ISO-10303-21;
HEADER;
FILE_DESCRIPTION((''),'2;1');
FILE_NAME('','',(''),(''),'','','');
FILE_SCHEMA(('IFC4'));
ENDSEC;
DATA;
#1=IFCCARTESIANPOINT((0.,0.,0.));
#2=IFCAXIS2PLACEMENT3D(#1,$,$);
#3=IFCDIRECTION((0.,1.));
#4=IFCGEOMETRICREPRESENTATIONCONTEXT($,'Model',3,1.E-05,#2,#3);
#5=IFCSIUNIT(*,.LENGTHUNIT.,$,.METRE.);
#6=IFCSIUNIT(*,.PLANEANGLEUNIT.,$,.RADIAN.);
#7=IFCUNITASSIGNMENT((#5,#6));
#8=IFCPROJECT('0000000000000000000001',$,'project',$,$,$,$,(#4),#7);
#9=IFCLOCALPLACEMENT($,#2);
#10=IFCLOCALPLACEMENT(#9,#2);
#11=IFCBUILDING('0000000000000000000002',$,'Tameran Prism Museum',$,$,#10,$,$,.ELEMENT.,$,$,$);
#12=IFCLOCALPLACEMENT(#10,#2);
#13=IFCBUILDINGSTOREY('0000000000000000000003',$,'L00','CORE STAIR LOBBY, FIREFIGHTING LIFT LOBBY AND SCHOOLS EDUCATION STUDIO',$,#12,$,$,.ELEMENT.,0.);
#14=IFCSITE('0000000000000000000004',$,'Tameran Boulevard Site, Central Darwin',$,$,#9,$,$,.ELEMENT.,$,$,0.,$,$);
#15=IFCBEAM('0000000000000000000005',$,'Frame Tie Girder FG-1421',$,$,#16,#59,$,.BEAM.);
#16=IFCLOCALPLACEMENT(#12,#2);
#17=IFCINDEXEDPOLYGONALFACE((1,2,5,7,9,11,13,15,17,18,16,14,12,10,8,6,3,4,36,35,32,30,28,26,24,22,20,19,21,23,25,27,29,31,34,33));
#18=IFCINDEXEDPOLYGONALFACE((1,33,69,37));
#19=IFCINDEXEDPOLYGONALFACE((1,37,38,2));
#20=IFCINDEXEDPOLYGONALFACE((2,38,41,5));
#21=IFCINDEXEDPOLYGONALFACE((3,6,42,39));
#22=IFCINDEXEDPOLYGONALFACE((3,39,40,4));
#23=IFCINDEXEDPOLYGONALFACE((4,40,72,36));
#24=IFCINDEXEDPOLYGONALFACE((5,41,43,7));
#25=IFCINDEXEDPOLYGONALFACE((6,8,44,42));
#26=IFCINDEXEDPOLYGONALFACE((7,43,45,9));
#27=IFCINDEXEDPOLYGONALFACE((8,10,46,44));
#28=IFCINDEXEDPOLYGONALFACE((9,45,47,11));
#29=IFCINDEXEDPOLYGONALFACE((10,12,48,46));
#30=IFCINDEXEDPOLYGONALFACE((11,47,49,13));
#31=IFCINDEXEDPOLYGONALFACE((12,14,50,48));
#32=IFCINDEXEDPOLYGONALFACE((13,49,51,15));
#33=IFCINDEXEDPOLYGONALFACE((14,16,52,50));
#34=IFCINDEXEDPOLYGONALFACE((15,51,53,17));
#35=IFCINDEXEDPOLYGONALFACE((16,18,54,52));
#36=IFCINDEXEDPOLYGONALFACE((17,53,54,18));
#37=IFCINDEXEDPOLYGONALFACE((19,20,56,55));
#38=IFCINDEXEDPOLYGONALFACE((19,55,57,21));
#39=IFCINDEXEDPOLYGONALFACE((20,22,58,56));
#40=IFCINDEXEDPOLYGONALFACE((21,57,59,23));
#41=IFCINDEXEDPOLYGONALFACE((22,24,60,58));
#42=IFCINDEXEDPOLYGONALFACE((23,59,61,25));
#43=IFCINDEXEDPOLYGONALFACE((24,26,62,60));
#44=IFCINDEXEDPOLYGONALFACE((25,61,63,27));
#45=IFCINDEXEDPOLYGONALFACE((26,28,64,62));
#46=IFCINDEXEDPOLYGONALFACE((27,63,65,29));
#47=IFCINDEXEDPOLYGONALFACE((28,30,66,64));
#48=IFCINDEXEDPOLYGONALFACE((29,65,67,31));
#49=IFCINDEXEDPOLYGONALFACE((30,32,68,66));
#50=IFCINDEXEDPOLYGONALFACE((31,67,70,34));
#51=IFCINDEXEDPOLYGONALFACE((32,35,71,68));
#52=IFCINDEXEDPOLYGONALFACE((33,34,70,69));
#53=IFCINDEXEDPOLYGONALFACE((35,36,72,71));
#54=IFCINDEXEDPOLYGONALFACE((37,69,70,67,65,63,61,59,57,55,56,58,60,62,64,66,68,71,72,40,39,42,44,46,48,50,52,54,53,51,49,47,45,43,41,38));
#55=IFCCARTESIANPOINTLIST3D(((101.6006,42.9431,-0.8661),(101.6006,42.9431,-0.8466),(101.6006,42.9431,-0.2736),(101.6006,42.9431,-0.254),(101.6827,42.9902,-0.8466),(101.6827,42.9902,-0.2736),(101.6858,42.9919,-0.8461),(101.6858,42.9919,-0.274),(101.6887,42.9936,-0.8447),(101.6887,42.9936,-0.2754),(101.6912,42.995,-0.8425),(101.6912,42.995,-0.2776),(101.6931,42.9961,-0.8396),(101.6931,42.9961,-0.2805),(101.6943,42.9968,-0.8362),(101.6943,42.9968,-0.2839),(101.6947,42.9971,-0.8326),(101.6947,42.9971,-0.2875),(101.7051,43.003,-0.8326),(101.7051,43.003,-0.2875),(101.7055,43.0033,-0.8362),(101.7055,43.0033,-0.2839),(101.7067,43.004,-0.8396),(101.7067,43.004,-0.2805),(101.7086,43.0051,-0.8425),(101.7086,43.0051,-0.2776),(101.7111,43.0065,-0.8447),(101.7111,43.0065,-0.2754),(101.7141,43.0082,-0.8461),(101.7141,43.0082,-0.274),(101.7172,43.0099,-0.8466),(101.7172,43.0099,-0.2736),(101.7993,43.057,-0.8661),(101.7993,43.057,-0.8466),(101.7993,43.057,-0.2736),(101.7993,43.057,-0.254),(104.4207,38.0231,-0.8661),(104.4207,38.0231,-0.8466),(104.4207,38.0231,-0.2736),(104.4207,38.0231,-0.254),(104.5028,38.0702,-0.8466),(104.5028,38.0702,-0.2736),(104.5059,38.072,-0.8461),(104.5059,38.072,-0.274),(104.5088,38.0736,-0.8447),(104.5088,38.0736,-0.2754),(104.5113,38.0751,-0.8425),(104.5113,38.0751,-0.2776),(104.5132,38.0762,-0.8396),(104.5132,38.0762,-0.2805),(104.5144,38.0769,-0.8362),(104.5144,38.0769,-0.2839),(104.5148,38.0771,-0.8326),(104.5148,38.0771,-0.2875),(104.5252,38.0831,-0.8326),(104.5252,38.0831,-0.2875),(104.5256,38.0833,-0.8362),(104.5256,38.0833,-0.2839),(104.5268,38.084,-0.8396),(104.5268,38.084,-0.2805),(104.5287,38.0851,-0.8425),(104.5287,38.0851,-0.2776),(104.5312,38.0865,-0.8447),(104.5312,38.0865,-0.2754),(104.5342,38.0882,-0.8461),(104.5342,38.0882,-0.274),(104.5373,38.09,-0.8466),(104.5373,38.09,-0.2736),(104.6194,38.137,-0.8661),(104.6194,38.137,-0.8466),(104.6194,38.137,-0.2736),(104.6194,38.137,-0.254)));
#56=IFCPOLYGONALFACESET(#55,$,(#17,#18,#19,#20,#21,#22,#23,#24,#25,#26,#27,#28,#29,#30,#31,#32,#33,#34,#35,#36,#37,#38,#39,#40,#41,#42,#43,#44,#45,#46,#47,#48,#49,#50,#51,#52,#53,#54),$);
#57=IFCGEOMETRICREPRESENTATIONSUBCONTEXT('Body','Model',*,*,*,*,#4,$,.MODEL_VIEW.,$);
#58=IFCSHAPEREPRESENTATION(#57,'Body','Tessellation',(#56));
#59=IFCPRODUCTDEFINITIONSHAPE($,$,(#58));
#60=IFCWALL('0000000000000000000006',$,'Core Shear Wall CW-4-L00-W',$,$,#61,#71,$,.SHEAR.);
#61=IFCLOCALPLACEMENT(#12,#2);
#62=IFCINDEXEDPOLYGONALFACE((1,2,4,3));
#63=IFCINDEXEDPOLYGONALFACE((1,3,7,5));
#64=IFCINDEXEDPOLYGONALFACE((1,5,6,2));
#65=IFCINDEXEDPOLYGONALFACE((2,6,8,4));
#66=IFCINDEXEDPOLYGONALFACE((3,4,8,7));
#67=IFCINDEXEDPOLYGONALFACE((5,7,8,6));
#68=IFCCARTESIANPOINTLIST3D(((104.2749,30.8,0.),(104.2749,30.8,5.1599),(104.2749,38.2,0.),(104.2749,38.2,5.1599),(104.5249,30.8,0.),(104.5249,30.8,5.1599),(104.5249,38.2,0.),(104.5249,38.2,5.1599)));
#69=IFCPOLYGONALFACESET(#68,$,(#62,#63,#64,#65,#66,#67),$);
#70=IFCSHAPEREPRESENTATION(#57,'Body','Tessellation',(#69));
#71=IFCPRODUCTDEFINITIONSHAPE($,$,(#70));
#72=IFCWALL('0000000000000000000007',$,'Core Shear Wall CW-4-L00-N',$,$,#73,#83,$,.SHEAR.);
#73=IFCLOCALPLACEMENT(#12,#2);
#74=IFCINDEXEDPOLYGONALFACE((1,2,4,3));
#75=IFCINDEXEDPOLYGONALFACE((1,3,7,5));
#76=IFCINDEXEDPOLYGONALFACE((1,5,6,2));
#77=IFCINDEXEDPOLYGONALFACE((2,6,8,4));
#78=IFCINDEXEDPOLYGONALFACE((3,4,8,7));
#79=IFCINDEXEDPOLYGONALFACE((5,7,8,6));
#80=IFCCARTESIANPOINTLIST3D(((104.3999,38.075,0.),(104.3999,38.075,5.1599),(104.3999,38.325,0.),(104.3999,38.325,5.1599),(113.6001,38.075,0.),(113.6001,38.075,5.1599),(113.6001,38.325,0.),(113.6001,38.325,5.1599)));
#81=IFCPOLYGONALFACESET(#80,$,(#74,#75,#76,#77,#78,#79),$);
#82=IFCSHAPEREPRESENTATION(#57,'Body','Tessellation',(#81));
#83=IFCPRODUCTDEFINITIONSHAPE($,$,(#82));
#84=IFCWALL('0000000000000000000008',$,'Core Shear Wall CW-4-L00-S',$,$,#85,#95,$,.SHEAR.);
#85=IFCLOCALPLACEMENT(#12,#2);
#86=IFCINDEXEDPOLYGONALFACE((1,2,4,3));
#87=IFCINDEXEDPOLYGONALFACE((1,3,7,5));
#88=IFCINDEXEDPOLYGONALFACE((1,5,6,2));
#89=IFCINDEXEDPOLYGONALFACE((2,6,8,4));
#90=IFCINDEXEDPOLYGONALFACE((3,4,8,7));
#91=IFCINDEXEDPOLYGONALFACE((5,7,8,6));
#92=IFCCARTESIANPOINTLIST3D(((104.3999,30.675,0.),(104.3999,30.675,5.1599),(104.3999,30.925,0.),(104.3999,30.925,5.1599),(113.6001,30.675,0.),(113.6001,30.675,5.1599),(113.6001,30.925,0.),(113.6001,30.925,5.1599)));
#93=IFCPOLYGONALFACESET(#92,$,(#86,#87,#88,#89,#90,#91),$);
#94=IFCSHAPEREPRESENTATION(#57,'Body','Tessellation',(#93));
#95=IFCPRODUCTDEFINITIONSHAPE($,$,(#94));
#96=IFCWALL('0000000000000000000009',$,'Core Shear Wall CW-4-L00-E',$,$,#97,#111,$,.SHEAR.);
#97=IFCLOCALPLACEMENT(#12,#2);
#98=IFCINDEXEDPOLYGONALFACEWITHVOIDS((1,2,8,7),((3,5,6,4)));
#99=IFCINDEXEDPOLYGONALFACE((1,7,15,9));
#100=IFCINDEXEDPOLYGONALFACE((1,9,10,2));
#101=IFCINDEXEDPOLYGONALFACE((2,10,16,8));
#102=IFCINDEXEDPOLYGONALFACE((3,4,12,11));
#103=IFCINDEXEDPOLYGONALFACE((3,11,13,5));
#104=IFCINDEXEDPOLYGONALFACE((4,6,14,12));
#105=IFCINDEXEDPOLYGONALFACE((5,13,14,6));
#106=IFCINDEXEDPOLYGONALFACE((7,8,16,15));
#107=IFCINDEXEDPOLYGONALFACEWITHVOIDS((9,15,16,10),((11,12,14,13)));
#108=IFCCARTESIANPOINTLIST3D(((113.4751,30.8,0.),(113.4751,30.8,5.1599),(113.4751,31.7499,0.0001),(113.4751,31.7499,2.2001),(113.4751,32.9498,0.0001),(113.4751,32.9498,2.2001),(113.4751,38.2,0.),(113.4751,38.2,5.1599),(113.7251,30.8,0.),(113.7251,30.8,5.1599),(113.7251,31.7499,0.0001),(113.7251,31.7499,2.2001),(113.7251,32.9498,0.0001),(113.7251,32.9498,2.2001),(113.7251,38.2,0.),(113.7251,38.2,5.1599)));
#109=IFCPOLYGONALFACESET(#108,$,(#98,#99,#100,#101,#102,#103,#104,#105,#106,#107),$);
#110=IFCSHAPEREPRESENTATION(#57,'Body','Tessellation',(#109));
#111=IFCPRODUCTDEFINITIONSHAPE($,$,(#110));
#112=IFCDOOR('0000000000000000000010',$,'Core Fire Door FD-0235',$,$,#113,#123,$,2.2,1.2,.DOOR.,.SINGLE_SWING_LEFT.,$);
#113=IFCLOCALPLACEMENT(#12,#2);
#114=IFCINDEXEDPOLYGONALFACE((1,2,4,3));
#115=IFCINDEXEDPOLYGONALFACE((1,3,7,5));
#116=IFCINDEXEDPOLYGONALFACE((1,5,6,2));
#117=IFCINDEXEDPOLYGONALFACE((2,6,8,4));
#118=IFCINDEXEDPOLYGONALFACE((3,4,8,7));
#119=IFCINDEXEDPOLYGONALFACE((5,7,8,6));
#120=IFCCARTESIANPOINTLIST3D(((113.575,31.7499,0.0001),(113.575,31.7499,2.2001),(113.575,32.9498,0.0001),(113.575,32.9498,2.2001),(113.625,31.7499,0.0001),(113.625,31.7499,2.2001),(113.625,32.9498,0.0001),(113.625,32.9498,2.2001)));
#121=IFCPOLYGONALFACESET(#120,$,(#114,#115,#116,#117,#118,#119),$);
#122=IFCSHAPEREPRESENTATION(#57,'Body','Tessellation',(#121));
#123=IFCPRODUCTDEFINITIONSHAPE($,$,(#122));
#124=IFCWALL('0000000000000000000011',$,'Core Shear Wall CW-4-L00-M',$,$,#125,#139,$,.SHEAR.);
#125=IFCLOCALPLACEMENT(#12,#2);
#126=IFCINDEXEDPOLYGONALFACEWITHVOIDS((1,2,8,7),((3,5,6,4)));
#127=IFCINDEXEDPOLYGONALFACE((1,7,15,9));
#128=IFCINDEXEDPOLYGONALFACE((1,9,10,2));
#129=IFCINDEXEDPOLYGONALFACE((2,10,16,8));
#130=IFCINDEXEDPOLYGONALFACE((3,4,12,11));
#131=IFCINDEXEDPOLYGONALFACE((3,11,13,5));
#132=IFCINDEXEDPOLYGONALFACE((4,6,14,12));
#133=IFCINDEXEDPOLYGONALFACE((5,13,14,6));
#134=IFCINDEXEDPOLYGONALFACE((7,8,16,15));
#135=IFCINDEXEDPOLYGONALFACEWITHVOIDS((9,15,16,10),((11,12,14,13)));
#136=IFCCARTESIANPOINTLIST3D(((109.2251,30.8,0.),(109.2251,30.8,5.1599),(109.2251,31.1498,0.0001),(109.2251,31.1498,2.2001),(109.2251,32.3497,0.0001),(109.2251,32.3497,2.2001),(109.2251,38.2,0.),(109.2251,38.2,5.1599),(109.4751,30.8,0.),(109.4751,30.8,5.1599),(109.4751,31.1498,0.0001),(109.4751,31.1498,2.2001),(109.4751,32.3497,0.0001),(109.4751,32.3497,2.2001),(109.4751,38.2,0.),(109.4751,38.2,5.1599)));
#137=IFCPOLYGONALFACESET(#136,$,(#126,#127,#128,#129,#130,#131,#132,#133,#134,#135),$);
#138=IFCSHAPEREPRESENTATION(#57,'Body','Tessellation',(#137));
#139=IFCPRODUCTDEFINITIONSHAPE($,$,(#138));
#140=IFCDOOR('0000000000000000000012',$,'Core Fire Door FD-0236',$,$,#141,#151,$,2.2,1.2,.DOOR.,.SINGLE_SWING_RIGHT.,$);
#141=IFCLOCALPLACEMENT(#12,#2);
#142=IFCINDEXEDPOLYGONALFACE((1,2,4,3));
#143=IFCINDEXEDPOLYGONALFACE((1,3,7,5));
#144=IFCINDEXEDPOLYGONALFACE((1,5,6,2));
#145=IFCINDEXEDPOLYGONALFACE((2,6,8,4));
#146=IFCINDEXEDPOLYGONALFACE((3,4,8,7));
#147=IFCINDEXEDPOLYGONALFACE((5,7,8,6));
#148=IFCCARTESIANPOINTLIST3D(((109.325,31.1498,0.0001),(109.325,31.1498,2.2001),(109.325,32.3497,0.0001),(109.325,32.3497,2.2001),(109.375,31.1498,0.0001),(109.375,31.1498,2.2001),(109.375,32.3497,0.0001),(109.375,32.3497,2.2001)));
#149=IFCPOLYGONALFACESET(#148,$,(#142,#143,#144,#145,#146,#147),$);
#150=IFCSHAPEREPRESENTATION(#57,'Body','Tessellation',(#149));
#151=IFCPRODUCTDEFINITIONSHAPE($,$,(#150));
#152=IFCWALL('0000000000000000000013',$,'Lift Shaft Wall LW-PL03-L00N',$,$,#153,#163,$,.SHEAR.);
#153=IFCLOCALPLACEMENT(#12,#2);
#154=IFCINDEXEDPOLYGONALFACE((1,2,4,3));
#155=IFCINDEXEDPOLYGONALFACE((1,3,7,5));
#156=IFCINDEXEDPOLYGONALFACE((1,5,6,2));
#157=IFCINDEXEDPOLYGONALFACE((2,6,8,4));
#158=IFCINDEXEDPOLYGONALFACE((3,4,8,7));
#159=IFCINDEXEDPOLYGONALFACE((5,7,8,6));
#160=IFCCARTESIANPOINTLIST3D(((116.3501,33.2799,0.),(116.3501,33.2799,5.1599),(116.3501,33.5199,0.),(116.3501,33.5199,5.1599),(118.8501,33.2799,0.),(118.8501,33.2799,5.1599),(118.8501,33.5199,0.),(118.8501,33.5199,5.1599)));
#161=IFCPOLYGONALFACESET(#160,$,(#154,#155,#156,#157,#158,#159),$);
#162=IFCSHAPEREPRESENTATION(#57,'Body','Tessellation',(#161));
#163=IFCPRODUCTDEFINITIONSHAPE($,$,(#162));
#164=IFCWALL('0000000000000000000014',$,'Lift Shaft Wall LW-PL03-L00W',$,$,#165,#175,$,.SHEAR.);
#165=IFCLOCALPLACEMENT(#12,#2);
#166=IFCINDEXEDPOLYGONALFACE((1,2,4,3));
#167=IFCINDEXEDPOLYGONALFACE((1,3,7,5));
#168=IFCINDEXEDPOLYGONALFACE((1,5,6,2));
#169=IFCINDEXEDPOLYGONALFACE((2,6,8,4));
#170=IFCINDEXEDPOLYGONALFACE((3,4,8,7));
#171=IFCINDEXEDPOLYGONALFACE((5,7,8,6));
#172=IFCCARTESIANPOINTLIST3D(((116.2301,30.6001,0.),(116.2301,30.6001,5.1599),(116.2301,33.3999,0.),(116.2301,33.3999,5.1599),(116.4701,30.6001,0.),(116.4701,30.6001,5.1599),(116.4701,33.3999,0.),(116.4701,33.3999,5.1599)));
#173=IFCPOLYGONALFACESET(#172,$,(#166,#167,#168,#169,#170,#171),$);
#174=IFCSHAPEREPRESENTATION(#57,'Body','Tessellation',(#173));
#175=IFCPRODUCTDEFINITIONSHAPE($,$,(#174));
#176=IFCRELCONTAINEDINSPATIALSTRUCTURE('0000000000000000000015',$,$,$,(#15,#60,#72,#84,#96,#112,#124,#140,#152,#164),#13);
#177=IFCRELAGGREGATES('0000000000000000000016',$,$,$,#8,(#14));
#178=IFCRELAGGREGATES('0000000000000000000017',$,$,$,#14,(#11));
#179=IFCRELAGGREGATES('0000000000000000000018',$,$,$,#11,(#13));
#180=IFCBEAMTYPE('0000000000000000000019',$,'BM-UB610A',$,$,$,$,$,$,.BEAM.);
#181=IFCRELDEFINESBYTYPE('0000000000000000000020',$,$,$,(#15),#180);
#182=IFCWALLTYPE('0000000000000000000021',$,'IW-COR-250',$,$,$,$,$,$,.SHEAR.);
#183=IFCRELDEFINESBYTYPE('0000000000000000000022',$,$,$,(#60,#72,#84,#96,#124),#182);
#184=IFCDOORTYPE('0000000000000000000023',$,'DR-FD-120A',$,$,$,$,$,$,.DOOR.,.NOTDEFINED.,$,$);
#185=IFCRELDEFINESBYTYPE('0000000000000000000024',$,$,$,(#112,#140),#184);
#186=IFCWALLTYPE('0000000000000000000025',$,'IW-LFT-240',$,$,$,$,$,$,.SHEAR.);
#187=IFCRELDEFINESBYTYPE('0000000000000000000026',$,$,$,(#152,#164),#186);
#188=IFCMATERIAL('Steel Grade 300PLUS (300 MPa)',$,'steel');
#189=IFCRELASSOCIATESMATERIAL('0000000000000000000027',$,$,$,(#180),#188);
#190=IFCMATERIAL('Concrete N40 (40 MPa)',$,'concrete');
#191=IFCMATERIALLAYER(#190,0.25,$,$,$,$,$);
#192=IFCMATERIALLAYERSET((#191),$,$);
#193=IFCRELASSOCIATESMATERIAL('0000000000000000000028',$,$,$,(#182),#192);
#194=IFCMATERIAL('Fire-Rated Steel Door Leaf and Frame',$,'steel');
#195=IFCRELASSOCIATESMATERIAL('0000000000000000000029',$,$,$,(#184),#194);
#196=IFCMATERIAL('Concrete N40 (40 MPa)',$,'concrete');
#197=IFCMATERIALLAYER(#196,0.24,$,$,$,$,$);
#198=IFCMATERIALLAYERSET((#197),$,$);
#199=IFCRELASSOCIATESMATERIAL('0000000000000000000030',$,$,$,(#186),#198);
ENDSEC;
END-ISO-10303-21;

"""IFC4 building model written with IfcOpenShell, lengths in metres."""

from ifc_helpers import new_model, si_unit, direction, frame, frame_2d, origin, origin_2d, place, context, subcontext, project, spatial, rectangle, i_section, extrude, material, layer, layer_set, material_profile, profile_set, type_object, element, fill, save


model = new_model("IFC4")

# Units and contexts
model_context = context("Model", 3, precision=1e-05, world=origin(), true_north=direction((0.0, 1.0)))
body_context = subcontext(model_context, "Body", "Model", "MODEL_VIEW")
ifc_project = project(units=[si_unit("LENGTHUNIT", "METRE"), si_unit("PLANEANGLEUNIT", "RADIAN")], contexts=[model_context])

# Site, building, storey
site_placement = place(None, origin())
site = spatial("IfcSite", under=ifc_project, at=site_placement, Name="Tameran Boulevard Site, Central Darwin", CompositionType="ELEMENT", RefElevation=0.0)
building_placement = place(site_placement, origin())
building = spatial("IfcBuilding", under=site, at=building_placement, Name="Tameran Prism Museum", CompositionType="ELEMENT")
storey_placement = place(building_placement, origin())
storey = spatial("IfcBuildingStorey", under=building, at=storey_placement, Name="L00", Description="CORE STAIR LOBBY, FIREFIGHTING LIFT LOBBY AND SCHOOLS EDUCATION STUDIO", CompositionType="ELEMENT", Elevation=0.0)

# Beam
ifc_material_1 = material(Name="Steel Grade 300PLUS (300 MPa)", Category="steel")
ifc_material_profile_1 = material_profile(ifc_material_1, i_section(OverallWidth=0.229, OverallDepth=0.6121, WebThickness=0.012, FlangeThickness=0.0195, FilletRadius=0.0139, at=origin_2d()))
ifc_profile_set_1 = profile_set([ifc_material_profile_1])
beam_type_1 = type_object("IfcBeamType", Name="BM-UB610A", PredefinedType="BEAM", material=ifc_profile_set_1)
beam_1_placement = place(storey_placement, frame((104.52, 38.0801, -0.5601), z_axis=(-0.497293, 0.867583, 0.0), x_axis=(-0.867583, -0.497293, 0.0)))
element("IfcBeam", 1, at=beam_1_placement, inside=storey, type_object=beam_type_1, Name="Frame Tie Girder FG-1421", PredefinedType="BEAM", context=body_context, shape_type="SweptSolid", body=[
    extrude(i_section(OverallWidth=0.229, OverallDepth=0.6121, WebThickness=0.012, FlangeThickness=0.0195, FilletRadius=0.0139, at=origin_2d()), origin(), (0.0, 0.0, 1.0), 5.6709),
])

# Walls
ifc_material_2 = material(Name="Concrete N40 (40 MPa)", Category="concrete")
ifc_layer_1 = layer(ifc_material_2, 0.25)
ifc_layer_set_1 = layer_set([ifc_layer_1])
wall_type_1 = type_object("IfcWallType", Name="IW-COR-250", PredefinedType="SHEAR", material=ifc_layer_set_1)
wall_1_placement = place(storey_placement, frame((104.3999, 30.8, 0.0), z_axis=(0.0, 0.0, 1.0), x_axis=(0.0, 1.0, 0.0)))
element("IfcWall", 2, at=wall_1_placement, inside=storey, type_object=wall_type_1, Name="Core Shear Wall CW-4-L00-W", PredefinedType="SHEAR", context=body_context, shape_type="SweptSolid", body=[
    extrude(rectangle(XDim=7.3999, YDim=0.25, at=frame_2d((3.7, 0.0))), origin(), (0.0, 0.0, 1.0), 5.1599),
])
for number, where, z_axis, x_axis, name in (
    (3, (104.3999, 38.2, 0.0), (0.0, 0.0, 1.0), (1.0, 0.0, 0.0), "Core Shear Wall CW-4-L00-N"),
    (4, (113.6001, 30.8, 0.0), (0.0, 0.0, 1.0), (-1.0, 0.0, 0.0), "Core Shear Wall CW-4-L00-S"),
):
    element("IfcWall", number, at=place(storey_placement, frame(where, z_axis=z_axis, x_axis=x_axis)), inside=storey, type_object=wall_type_1, Name=name, PredefinedType="SHEAR", context=body_context, shape_type="SweptSolid", body=[
        extrude(rectangle(XDim=9.2002, YDim=0.25, at=frame_2d((4.6001, 0.0))), origin(), (0.0, 0.0, 1.0), 5.1599),
    ])

# Walls, openings, doors
wall_2_placement = place(storey_placement, frame((113.6001, 38.2, 0.0), z_axis=(0.0, 0.0, 1.0), x_axis=(0.0, -1.0, 0.0)))
wall_2 = element("IfcWall", 5, at=wall_2_placement, inside=storey, type_object=wall_type_1, Name="Core Shear Wall CW-4-L00-E", PredefinedType="SHEAR", context=body_context, shape_type="SweptSolid", body=[
    extrude(rectangle(XDim=7.3999, YDim=0.25, at=frame_2d((3.7, 0.0))), origin(), (0.0, 0.0, 1.0), 5.1599),
])
opening_1_placement = place(wall_2_placement, frame((5.25, 0.0, 0.0)))
opening_1 = element("IfcOpeningElement", 6, at=opening_1_placement, cuts=wall_2, PredefinedType="OPENING", context=body_context, shape_type="SweptSolid", body=[
    extrude(rectangle(XDim=1.2, YDim=2.2, at=frame_2d((0.6001, 1.1001))), frame((0.0, 0.135, 0.0), z_axis=(0.0, -1.0, 0.0), x_axis=(1.0, 0.0, 0.0)), (0.0, 0.0, 1.0), 0.27),
])
ifc_material_3 = material(Name="Fire-Rated Steel Door Leaf and Frame", Category="steel")
door_type_1 = type_object("IfcDoorType", Name="DR-FD-120A", OperationType="NOTDEFINED", PredefinedType="DOOR", material=ifc_material_3)
door_1_placement = place(opening_1_placement, origin())
door_1 = element("IfcDoor", 7, at=door_1_placement, inside=storey, type_object=door_type_1, Name="Core Fire Door FD-0235", OperationType="SINGLE_SWING_LEFT", OverallHeight=2.2, OverallWidth=1.2, PredefinedType="DOOR", context=body_context, shape_type="SweptSolid", body=[
    extrude(rectangle(XDim=1.2, YDim=2.2, at=frame_2d((0.6001, 1.1001))), frame((0.0, 0.0249, 0.0), z_axis=(0.0, -1.0, 0.0), x_axis=(1.0, 0.0, 0.0)), (0.0, 0.0, 1.0), 0.05),
])
fill(opening_1, door_1)
wall_3_placement = place(storey_placement, frame((109.3501, 38.2, 0.0), z_axis=(0.0, 0.0, 1.0), x_axis=(0.0, -1.0, 0.0)))
wall_3 = element("IfcWall", 8, at=wall_3_placement, inside=storey, type_object=wall_type_1, Name="Core Shear Wall CW-4-L00-M", PredefinedType="SHEAR", context=body_context, shape_type="SweptSolid", body=[
    extrude(rectangle(XDim=7.3999, YDim=0.25, at=frame_2d((3.7, 0.0))), origin(), (0.0, 0.0, 1.0), 5.1599),
])
opening_2_placement = place(wall_3_placement, frame((5.8501, 0.0, 0.0)))
opening_2 = element("IfcOpeningElement", 9, at=opening_2_placement, cuts=wall_3, PredefinedType="OPENING", context=body_context, shape_type="SweptSolid", body=[
    extrude(rectangle(XDim=1.2, YDim=2.2, at=frame_2d((0.6001, 1.1001))), frame((0.0, 0.135, 0.0), z_axis=(0.0, -1.0, 0.0), x_axis=(1.0, 0.0, 0.0)), (0.0, 0.0, 1.0), 0.27),
])
door_2_placement = place(opening_2_placement, origin())
door_2 = element("IfcDoor", 10, at=door_2_placement, inside=storey, type_object=door_type_1, Name="Core Fire Door FD-0236", OperationType="SINGLE_SWING_RIGHT", OverallHeight=2.2, OverallWidth=1.2, PredefinedType="DOOR", context=body_context, shape_type="SweptSolid", body=[
    extrude(rectangle(XDim=1.2, YDim=2.2, at=frame_2d((0.6001, 1.1001))), frame((0.0, 0.0249, 0.0), z_axis=(0.0, -1.0, 0.0), x_axis=(1.0, 0.0, 0.0)), (0.0, 0.0, 1.0), 0.05),
])
fill(opening_2, door_2)

# Walls
ifc_material_4 = material(Name="Concrete N40 (40 MPa)", Category="concrete")
ifc_layer_2 = layer(ifc_material_4, 0.24)
ifc_layer_set_2 = layer_set([ifc_layer_2])
wall_type_2 = type_object("IfcWallType", Name="IW-LFT-240", PredefinedType="SHEAR", material=ifc_layer_set_2)
wall_4_placement = place(storey_placement, frame((116.3501, 33.3999, 0.0), z_axis=(0.0, 0.0, 1.0), x_axis=(1.0, 0.0, 0.0)))
element("IfcWall", 11, at=wall_4_placement, inside=storey, type_object=wall_type_2, Name="Lift Shaft Wall LW-PL03-L00N", PredefinedType="SHEAR", context=body_context, shape_type="SweptSolid", body=[
    extrude(rectangle(XDim=2.5, YDim=0.24, at=frame_2d((1.25, 0.0))), origin(), (0.0, 0.0, 1.0), 5.1599),
])
wall_5_placement = place(storey_placement, frame((116.3501, 30.6001, 0.0), z_axis=(0.0, 0.0, 1.0), x_axis=(0.0, 1.0, 0.0)))
element("IfcWall", 12, at=wall_5_placement, inside=storey, type_object=wall_type_2, Name="Lift Shaft Wall LW-PL03-L00W", PredefinedType="SHEAR", context=body_context, shape_type="SweptSolid", body=[
    extrude(rectangle(XDim=2.7998, YDim=0.24, at=frame_2d((1.3999, 0.0))), origin(), (0.0, 0.0, 1.0), 5.1599),
])

save(model, "model.ifc")
